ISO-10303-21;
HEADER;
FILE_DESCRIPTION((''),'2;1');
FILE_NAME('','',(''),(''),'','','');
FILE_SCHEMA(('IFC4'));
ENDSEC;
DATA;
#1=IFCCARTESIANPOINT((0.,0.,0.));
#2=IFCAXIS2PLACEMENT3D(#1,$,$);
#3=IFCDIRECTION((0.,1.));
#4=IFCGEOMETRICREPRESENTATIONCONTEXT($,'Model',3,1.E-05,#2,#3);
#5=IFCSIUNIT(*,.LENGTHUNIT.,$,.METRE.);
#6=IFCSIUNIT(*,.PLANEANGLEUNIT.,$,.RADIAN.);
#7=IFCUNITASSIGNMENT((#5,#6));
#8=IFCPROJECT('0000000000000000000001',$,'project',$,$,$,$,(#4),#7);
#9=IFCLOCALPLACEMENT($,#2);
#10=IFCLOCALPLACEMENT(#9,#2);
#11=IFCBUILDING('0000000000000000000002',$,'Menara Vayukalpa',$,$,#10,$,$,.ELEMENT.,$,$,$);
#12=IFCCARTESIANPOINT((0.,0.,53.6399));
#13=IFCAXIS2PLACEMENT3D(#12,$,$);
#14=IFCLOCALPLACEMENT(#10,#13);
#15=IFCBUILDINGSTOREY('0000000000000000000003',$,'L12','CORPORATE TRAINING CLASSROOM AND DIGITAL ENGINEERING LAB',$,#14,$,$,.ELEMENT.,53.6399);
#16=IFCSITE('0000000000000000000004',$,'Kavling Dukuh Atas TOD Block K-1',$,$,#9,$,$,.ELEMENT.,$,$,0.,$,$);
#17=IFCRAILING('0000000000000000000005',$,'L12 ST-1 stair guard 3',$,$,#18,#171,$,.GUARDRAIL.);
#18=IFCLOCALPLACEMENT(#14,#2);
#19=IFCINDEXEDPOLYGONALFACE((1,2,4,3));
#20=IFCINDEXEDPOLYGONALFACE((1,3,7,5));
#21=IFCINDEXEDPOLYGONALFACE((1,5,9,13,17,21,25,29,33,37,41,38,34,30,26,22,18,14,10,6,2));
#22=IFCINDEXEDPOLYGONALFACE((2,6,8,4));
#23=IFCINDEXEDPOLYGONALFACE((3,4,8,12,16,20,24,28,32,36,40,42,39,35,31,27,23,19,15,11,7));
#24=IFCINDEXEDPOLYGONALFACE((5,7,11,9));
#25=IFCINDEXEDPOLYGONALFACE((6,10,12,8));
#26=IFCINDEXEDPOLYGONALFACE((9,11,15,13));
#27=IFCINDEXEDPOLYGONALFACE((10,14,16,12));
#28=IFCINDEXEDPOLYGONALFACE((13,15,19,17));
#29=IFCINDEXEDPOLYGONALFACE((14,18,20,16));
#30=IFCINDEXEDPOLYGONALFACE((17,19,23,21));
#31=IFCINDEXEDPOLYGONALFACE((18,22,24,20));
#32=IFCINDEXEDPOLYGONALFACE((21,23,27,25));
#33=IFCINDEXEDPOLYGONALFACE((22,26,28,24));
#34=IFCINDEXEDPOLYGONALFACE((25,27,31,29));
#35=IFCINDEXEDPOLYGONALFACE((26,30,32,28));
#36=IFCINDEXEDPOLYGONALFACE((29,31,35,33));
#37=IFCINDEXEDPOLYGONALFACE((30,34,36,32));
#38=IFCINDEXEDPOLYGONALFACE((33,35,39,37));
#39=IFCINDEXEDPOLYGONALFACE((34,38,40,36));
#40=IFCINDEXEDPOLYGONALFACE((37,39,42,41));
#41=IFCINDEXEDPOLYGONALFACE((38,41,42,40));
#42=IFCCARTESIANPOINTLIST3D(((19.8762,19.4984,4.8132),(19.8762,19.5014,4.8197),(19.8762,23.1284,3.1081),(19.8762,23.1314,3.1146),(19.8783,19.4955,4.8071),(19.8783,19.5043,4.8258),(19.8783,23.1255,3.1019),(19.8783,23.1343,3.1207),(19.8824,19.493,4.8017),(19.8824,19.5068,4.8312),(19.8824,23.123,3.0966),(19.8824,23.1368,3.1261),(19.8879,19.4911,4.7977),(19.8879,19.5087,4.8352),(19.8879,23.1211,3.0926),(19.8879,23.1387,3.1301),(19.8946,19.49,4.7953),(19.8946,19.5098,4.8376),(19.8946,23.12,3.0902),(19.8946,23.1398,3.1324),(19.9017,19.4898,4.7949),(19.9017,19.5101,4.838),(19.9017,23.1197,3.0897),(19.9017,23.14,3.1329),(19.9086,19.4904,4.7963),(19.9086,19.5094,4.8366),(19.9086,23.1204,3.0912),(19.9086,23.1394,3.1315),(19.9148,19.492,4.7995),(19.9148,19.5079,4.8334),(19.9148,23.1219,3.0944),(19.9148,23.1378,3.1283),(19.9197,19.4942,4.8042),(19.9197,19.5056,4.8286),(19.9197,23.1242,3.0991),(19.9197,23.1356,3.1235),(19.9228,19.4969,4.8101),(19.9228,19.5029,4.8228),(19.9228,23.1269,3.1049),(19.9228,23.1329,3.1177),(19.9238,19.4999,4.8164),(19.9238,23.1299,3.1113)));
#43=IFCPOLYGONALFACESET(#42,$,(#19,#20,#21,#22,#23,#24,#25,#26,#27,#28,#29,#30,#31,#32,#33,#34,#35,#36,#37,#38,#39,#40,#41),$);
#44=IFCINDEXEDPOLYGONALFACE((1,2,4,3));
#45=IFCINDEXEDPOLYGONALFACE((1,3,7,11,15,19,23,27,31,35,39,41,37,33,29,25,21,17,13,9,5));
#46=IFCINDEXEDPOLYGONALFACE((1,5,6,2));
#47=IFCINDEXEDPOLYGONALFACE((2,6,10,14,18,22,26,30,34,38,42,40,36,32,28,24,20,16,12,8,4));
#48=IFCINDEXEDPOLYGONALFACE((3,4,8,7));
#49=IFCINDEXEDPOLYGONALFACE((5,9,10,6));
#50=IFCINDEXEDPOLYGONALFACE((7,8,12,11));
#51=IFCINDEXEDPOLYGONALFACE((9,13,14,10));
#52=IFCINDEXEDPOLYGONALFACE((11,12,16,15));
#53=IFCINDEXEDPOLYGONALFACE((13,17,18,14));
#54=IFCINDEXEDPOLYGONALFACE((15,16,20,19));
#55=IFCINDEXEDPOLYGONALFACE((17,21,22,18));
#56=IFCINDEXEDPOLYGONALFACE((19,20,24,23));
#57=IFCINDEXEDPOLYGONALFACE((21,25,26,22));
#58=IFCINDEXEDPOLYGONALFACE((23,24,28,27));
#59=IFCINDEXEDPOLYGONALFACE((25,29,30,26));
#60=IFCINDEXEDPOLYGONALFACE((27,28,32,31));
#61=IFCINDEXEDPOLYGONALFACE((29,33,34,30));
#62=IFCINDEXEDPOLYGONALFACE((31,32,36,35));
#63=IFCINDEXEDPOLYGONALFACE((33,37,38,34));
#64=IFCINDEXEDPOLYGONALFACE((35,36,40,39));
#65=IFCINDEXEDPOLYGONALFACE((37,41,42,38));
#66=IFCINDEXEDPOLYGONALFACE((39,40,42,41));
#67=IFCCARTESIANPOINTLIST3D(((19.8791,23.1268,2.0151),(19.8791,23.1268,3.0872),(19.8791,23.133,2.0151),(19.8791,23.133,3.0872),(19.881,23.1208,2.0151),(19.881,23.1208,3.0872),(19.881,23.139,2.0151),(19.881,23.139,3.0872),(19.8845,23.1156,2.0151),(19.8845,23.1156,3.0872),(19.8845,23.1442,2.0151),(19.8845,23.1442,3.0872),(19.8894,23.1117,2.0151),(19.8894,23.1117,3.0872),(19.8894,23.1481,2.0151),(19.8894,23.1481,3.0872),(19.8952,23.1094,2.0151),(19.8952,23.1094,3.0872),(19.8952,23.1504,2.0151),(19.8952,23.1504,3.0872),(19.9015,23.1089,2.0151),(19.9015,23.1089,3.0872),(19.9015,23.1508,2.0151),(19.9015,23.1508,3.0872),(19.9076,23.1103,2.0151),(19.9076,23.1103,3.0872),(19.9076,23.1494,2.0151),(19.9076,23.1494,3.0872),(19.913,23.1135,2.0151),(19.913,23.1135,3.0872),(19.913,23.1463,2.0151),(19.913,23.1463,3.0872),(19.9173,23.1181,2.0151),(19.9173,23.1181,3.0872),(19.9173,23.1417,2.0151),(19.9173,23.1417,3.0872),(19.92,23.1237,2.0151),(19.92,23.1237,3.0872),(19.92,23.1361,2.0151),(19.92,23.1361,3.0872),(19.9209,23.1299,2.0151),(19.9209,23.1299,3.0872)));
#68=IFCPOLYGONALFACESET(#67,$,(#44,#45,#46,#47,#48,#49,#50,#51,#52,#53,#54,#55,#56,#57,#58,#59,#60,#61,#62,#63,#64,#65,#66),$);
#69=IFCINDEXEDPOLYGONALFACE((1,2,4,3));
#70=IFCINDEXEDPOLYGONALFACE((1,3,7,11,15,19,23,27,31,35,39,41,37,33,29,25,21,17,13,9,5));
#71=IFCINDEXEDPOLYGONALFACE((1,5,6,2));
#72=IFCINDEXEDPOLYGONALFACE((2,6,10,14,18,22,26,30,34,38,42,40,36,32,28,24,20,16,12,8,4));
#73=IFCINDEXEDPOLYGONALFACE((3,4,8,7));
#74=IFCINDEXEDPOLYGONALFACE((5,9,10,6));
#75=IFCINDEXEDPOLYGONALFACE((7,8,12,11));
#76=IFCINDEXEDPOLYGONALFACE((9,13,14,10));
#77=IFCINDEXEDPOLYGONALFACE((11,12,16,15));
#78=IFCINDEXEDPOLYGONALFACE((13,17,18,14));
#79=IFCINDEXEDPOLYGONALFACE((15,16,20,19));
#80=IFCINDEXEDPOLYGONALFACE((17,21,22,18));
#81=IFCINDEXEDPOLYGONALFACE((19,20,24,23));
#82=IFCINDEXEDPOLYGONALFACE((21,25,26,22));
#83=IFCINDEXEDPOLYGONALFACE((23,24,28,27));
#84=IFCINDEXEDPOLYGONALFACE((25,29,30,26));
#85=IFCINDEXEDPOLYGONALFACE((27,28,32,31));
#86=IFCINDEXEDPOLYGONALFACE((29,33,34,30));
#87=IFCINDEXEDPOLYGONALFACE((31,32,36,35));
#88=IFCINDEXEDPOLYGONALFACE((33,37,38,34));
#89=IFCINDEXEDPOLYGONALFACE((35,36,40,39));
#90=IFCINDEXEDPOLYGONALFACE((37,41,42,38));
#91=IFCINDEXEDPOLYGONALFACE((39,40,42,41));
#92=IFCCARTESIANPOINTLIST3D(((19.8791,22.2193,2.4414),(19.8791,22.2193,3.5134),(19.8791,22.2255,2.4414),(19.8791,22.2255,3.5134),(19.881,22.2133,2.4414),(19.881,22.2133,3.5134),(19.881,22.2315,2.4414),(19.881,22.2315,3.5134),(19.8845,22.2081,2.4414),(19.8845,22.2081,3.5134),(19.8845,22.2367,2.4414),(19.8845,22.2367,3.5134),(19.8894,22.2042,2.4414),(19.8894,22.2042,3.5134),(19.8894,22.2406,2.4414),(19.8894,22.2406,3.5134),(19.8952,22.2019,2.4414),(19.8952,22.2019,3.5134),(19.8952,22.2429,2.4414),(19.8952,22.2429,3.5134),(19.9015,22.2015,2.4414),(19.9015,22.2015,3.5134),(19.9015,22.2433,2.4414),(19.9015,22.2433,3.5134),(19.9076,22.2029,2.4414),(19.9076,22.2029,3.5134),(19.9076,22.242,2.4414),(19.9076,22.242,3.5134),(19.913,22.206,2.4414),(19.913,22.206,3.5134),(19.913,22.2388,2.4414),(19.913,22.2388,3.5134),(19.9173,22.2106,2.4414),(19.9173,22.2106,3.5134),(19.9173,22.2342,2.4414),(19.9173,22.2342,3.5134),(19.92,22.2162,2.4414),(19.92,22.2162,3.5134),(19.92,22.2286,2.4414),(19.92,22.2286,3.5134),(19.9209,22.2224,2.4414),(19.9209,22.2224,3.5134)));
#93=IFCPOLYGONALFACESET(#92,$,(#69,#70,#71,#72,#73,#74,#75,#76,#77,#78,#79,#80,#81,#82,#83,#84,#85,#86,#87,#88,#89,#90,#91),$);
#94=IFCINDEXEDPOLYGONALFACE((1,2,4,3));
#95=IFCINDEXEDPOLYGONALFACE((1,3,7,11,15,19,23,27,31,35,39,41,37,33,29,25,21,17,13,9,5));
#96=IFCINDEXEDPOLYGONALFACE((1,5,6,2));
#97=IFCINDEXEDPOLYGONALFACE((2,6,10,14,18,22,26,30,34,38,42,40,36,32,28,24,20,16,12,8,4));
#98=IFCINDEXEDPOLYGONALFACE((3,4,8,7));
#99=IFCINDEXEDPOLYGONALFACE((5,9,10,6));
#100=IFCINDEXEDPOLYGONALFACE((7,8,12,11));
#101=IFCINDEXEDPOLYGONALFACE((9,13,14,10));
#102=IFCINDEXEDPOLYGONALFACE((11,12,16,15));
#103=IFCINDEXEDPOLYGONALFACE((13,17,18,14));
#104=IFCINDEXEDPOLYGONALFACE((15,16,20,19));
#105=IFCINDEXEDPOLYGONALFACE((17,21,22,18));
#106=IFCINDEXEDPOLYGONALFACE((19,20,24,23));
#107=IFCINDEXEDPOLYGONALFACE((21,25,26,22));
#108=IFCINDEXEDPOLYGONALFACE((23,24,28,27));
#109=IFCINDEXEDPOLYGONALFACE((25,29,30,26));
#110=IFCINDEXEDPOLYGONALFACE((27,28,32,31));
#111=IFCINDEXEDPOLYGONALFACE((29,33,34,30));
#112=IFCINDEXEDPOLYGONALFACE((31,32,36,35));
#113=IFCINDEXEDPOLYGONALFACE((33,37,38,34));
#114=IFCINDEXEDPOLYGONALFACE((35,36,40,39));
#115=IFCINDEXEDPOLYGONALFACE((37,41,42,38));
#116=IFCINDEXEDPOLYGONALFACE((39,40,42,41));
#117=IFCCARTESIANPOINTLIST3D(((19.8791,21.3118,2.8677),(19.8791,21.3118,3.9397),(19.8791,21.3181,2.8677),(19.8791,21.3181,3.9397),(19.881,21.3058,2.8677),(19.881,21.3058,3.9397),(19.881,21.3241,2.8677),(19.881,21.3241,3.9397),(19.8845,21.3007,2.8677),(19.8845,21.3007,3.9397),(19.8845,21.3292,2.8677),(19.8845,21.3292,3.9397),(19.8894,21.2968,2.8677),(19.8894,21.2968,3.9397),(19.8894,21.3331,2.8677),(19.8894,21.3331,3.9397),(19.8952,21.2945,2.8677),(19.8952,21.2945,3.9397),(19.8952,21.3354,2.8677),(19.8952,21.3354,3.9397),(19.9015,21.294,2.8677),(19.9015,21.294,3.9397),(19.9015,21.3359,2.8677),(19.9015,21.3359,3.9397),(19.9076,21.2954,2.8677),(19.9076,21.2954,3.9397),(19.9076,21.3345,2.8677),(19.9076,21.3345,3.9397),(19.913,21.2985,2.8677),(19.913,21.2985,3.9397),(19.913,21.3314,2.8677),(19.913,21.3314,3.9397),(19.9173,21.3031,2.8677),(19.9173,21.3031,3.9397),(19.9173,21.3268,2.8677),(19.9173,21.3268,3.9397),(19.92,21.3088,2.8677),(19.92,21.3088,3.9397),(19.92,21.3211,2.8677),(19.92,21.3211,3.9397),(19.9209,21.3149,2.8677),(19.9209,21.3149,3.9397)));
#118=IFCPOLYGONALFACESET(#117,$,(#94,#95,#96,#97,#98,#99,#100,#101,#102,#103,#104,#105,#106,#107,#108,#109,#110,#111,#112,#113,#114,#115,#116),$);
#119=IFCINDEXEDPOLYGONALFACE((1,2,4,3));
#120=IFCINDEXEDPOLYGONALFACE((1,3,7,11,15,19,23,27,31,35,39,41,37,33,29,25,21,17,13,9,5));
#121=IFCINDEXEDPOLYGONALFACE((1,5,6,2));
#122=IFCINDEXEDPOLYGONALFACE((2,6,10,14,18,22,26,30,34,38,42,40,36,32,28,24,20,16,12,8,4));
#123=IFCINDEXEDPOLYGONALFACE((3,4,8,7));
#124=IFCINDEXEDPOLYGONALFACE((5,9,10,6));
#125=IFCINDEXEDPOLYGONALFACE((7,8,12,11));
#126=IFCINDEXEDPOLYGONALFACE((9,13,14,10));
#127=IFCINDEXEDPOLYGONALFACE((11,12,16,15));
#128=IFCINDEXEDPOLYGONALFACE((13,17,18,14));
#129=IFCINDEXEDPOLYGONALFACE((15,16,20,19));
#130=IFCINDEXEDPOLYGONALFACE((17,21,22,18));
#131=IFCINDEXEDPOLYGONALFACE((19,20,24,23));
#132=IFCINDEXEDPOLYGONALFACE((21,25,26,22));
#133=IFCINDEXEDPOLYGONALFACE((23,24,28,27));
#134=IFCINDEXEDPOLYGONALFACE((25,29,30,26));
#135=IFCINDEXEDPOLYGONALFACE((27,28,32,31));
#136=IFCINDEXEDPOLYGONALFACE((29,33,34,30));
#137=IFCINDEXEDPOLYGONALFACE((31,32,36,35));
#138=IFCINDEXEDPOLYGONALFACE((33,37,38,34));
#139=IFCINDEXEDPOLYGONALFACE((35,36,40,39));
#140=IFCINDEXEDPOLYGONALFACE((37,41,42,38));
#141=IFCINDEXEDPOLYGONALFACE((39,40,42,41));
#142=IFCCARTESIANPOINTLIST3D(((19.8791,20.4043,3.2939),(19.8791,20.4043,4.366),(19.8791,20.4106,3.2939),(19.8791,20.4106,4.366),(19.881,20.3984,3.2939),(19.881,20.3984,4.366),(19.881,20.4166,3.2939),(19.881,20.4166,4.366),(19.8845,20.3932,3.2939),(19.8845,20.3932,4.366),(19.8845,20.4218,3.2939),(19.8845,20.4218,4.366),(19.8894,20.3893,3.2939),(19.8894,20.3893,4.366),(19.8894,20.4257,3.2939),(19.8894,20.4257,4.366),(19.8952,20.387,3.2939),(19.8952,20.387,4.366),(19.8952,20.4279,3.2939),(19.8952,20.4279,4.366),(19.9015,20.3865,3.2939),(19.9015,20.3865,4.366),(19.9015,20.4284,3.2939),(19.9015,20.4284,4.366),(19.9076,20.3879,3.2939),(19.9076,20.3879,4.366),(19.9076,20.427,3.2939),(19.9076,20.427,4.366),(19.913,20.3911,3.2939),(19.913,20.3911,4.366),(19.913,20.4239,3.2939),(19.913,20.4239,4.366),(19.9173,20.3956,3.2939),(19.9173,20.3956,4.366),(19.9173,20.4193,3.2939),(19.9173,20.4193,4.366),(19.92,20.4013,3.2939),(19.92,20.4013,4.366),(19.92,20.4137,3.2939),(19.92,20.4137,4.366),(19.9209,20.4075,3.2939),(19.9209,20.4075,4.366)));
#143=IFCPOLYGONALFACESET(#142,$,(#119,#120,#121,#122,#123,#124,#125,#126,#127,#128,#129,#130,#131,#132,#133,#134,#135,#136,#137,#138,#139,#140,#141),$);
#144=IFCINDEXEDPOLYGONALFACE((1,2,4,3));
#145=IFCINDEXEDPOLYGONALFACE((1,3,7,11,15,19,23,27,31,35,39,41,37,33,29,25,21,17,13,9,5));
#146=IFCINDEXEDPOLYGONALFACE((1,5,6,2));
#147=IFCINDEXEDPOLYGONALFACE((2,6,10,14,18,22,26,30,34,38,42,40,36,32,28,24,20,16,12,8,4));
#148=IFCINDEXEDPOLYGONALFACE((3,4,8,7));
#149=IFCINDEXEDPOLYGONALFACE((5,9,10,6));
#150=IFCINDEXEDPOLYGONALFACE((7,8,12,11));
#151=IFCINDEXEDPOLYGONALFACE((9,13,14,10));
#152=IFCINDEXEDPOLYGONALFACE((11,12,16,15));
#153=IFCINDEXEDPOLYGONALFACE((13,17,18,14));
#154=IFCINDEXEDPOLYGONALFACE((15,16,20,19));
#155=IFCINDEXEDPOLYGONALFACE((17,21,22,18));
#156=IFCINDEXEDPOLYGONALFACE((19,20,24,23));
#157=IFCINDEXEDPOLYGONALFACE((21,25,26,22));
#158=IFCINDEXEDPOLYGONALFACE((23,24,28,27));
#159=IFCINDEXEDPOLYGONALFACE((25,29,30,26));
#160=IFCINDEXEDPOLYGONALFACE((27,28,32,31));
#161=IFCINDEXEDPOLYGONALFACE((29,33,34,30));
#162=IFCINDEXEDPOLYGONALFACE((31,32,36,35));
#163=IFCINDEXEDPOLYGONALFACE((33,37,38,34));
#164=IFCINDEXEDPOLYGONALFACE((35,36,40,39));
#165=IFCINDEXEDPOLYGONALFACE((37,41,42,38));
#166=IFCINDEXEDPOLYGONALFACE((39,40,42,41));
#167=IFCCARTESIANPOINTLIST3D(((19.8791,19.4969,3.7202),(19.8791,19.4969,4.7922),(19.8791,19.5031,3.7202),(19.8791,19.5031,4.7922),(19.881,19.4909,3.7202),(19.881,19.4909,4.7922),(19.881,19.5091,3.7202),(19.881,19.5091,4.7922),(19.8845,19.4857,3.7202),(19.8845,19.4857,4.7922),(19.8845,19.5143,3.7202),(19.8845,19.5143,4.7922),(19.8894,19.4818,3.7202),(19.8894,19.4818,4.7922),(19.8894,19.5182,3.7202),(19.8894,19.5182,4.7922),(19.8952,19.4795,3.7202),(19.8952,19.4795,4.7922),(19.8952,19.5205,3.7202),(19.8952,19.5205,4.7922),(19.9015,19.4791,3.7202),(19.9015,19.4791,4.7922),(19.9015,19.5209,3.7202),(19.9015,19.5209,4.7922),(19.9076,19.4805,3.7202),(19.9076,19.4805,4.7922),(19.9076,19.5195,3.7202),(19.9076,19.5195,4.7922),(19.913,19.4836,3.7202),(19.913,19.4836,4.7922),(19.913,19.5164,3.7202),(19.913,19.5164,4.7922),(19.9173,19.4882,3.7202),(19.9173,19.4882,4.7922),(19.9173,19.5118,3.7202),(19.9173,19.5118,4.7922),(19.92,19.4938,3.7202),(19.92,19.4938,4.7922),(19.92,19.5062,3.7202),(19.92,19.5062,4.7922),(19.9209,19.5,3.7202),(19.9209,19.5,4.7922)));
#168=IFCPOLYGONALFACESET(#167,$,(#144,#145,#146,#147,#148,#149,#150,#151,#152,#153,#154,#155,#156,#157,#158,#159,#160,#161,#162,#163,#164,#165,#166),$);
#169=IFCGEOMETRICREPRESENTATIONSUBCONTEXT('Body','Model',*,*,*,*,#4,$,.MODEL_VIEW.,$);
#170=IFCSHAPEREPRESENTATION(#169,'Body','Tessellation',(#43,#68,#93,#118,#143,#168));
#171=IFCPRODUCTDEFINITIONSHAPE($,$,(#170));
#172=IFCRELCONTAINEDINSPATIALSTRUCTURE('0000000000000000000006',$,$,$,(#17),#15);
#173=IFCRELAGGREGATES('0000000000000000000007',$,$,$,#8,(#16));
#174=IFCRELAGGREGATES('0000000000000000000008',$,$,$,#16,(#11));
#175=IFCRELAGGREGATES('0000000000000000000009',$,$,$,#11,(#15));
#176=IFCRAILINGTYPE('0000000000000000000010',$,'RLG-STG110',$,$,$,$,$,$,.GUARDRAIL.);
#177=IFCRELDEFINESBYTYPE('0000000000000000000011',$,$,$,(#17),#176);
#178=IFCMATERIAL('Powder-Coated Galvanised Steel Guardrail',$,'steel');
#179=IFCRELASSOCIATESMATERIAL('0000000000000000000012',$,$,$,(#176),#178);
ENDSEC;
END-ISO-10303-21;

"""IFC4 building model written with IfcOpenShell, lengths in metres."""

from ifc_helpers import new_model, si_unit, direction, frame, origin, origin_2d, place, context, subcontext, project, spatial, circle, extrude, material, type_object, element, save


model = new_model("IFC4")

# Units and contexts
model_context = context("Model", 3, precision=1e-05, world=origin(), true_north=direction((0.0, 1.0)))
body_context = subcontext(model_context, "Body", "Model", "MODEL_VIEW")
ifc_project = project(units=[si_unit("LENGTHUNIT", "METRE"), si_unit("PLANEANGLEUNIT", "RADIAN")], contexts=[model_context])

# Site, building, storey
site_placement = place(None, origin())
site = spatial("IfcSite", under=ifc_project, at=site_placement, Name="Kavling Dukuh Atas TOD Block K-1", CompositionType="ELEMENT", RefElevation=0.0)
building_placement = place(site_placement, origin())
building = spatial("IfcBuilding", under=site, at=building_placement, Name="Menara Vayukalpa", CompositionType="ELEMENT")
storey_placement = place(building_placement, frame((0.0, 0.0, 53.6399)))
storey = spatial("IfcBuildingStorey", under=building, at=storey_placement, Name="L12", Description="CORPORATE TRAINING CLASSROOM AND DIGITAL ENGINEERING LAB", CompositionType="ELEMENT", Elevation=53.6399)

# Railing
ifc_material_1 = material(Name="Powder-Coated Galvanised Steel Guardrail", Category="steel")
railing_type_1 = type_object("IfcRailingType", Name="RLG-STG110", PredefinedType="GUARDRAIL", material=ifc_material_1)
railing_1_placement = place(storey_placement, frame((19.8999, 23.1299, 2.0151)))
element("IfcRailing", 1, at=railing_1_placement, inside=storey, type_object=railing_type_1, Name="L12 ST-1 stair guard 3", PredefinedType="GUARDRAIL", context=body_context, shape_type="SweptSolid", body=[
    extrude(circle(Radius=0.0239, at=origin_2d()), frame((0.0, 0.0, 1.0962), z_axis=(0.0, -0.905116, 0.425164), x_axis=(1.0, 0.0, 0.0)), (0.0, 0.0, 1.0), 4.0105),
    extrude(circle(Radius=0.021, at=origin_2d()), origin(), (0.0, 0.0, 1.0), 1.072),
    extrude(circle(Radius=0.021, at=origin_2d()), frame((0.0, -0.9075, 0.4263)), (0.0, 0.0, 1.0), 1.072),
    extrude(circle(Radius=0.021, at=origin_2d()), frame((0.0, -1.8149, 0.8525)), (0.0, 0.0, 1.0), 1.072),
    extrude(circle(Radius=0.021, at=origin_2d()), frame((0.0, -2.7224, 1.2788)), (0.0, 0.0, 1.0), 1.072),
    extrude(circle(Radius=0.021, at=origin_2d()), frame((0.0, -3.6299, 1.7051)), (0.0, 0.0, 1.0), 1.072),
])

save(model, "model.ifc")
